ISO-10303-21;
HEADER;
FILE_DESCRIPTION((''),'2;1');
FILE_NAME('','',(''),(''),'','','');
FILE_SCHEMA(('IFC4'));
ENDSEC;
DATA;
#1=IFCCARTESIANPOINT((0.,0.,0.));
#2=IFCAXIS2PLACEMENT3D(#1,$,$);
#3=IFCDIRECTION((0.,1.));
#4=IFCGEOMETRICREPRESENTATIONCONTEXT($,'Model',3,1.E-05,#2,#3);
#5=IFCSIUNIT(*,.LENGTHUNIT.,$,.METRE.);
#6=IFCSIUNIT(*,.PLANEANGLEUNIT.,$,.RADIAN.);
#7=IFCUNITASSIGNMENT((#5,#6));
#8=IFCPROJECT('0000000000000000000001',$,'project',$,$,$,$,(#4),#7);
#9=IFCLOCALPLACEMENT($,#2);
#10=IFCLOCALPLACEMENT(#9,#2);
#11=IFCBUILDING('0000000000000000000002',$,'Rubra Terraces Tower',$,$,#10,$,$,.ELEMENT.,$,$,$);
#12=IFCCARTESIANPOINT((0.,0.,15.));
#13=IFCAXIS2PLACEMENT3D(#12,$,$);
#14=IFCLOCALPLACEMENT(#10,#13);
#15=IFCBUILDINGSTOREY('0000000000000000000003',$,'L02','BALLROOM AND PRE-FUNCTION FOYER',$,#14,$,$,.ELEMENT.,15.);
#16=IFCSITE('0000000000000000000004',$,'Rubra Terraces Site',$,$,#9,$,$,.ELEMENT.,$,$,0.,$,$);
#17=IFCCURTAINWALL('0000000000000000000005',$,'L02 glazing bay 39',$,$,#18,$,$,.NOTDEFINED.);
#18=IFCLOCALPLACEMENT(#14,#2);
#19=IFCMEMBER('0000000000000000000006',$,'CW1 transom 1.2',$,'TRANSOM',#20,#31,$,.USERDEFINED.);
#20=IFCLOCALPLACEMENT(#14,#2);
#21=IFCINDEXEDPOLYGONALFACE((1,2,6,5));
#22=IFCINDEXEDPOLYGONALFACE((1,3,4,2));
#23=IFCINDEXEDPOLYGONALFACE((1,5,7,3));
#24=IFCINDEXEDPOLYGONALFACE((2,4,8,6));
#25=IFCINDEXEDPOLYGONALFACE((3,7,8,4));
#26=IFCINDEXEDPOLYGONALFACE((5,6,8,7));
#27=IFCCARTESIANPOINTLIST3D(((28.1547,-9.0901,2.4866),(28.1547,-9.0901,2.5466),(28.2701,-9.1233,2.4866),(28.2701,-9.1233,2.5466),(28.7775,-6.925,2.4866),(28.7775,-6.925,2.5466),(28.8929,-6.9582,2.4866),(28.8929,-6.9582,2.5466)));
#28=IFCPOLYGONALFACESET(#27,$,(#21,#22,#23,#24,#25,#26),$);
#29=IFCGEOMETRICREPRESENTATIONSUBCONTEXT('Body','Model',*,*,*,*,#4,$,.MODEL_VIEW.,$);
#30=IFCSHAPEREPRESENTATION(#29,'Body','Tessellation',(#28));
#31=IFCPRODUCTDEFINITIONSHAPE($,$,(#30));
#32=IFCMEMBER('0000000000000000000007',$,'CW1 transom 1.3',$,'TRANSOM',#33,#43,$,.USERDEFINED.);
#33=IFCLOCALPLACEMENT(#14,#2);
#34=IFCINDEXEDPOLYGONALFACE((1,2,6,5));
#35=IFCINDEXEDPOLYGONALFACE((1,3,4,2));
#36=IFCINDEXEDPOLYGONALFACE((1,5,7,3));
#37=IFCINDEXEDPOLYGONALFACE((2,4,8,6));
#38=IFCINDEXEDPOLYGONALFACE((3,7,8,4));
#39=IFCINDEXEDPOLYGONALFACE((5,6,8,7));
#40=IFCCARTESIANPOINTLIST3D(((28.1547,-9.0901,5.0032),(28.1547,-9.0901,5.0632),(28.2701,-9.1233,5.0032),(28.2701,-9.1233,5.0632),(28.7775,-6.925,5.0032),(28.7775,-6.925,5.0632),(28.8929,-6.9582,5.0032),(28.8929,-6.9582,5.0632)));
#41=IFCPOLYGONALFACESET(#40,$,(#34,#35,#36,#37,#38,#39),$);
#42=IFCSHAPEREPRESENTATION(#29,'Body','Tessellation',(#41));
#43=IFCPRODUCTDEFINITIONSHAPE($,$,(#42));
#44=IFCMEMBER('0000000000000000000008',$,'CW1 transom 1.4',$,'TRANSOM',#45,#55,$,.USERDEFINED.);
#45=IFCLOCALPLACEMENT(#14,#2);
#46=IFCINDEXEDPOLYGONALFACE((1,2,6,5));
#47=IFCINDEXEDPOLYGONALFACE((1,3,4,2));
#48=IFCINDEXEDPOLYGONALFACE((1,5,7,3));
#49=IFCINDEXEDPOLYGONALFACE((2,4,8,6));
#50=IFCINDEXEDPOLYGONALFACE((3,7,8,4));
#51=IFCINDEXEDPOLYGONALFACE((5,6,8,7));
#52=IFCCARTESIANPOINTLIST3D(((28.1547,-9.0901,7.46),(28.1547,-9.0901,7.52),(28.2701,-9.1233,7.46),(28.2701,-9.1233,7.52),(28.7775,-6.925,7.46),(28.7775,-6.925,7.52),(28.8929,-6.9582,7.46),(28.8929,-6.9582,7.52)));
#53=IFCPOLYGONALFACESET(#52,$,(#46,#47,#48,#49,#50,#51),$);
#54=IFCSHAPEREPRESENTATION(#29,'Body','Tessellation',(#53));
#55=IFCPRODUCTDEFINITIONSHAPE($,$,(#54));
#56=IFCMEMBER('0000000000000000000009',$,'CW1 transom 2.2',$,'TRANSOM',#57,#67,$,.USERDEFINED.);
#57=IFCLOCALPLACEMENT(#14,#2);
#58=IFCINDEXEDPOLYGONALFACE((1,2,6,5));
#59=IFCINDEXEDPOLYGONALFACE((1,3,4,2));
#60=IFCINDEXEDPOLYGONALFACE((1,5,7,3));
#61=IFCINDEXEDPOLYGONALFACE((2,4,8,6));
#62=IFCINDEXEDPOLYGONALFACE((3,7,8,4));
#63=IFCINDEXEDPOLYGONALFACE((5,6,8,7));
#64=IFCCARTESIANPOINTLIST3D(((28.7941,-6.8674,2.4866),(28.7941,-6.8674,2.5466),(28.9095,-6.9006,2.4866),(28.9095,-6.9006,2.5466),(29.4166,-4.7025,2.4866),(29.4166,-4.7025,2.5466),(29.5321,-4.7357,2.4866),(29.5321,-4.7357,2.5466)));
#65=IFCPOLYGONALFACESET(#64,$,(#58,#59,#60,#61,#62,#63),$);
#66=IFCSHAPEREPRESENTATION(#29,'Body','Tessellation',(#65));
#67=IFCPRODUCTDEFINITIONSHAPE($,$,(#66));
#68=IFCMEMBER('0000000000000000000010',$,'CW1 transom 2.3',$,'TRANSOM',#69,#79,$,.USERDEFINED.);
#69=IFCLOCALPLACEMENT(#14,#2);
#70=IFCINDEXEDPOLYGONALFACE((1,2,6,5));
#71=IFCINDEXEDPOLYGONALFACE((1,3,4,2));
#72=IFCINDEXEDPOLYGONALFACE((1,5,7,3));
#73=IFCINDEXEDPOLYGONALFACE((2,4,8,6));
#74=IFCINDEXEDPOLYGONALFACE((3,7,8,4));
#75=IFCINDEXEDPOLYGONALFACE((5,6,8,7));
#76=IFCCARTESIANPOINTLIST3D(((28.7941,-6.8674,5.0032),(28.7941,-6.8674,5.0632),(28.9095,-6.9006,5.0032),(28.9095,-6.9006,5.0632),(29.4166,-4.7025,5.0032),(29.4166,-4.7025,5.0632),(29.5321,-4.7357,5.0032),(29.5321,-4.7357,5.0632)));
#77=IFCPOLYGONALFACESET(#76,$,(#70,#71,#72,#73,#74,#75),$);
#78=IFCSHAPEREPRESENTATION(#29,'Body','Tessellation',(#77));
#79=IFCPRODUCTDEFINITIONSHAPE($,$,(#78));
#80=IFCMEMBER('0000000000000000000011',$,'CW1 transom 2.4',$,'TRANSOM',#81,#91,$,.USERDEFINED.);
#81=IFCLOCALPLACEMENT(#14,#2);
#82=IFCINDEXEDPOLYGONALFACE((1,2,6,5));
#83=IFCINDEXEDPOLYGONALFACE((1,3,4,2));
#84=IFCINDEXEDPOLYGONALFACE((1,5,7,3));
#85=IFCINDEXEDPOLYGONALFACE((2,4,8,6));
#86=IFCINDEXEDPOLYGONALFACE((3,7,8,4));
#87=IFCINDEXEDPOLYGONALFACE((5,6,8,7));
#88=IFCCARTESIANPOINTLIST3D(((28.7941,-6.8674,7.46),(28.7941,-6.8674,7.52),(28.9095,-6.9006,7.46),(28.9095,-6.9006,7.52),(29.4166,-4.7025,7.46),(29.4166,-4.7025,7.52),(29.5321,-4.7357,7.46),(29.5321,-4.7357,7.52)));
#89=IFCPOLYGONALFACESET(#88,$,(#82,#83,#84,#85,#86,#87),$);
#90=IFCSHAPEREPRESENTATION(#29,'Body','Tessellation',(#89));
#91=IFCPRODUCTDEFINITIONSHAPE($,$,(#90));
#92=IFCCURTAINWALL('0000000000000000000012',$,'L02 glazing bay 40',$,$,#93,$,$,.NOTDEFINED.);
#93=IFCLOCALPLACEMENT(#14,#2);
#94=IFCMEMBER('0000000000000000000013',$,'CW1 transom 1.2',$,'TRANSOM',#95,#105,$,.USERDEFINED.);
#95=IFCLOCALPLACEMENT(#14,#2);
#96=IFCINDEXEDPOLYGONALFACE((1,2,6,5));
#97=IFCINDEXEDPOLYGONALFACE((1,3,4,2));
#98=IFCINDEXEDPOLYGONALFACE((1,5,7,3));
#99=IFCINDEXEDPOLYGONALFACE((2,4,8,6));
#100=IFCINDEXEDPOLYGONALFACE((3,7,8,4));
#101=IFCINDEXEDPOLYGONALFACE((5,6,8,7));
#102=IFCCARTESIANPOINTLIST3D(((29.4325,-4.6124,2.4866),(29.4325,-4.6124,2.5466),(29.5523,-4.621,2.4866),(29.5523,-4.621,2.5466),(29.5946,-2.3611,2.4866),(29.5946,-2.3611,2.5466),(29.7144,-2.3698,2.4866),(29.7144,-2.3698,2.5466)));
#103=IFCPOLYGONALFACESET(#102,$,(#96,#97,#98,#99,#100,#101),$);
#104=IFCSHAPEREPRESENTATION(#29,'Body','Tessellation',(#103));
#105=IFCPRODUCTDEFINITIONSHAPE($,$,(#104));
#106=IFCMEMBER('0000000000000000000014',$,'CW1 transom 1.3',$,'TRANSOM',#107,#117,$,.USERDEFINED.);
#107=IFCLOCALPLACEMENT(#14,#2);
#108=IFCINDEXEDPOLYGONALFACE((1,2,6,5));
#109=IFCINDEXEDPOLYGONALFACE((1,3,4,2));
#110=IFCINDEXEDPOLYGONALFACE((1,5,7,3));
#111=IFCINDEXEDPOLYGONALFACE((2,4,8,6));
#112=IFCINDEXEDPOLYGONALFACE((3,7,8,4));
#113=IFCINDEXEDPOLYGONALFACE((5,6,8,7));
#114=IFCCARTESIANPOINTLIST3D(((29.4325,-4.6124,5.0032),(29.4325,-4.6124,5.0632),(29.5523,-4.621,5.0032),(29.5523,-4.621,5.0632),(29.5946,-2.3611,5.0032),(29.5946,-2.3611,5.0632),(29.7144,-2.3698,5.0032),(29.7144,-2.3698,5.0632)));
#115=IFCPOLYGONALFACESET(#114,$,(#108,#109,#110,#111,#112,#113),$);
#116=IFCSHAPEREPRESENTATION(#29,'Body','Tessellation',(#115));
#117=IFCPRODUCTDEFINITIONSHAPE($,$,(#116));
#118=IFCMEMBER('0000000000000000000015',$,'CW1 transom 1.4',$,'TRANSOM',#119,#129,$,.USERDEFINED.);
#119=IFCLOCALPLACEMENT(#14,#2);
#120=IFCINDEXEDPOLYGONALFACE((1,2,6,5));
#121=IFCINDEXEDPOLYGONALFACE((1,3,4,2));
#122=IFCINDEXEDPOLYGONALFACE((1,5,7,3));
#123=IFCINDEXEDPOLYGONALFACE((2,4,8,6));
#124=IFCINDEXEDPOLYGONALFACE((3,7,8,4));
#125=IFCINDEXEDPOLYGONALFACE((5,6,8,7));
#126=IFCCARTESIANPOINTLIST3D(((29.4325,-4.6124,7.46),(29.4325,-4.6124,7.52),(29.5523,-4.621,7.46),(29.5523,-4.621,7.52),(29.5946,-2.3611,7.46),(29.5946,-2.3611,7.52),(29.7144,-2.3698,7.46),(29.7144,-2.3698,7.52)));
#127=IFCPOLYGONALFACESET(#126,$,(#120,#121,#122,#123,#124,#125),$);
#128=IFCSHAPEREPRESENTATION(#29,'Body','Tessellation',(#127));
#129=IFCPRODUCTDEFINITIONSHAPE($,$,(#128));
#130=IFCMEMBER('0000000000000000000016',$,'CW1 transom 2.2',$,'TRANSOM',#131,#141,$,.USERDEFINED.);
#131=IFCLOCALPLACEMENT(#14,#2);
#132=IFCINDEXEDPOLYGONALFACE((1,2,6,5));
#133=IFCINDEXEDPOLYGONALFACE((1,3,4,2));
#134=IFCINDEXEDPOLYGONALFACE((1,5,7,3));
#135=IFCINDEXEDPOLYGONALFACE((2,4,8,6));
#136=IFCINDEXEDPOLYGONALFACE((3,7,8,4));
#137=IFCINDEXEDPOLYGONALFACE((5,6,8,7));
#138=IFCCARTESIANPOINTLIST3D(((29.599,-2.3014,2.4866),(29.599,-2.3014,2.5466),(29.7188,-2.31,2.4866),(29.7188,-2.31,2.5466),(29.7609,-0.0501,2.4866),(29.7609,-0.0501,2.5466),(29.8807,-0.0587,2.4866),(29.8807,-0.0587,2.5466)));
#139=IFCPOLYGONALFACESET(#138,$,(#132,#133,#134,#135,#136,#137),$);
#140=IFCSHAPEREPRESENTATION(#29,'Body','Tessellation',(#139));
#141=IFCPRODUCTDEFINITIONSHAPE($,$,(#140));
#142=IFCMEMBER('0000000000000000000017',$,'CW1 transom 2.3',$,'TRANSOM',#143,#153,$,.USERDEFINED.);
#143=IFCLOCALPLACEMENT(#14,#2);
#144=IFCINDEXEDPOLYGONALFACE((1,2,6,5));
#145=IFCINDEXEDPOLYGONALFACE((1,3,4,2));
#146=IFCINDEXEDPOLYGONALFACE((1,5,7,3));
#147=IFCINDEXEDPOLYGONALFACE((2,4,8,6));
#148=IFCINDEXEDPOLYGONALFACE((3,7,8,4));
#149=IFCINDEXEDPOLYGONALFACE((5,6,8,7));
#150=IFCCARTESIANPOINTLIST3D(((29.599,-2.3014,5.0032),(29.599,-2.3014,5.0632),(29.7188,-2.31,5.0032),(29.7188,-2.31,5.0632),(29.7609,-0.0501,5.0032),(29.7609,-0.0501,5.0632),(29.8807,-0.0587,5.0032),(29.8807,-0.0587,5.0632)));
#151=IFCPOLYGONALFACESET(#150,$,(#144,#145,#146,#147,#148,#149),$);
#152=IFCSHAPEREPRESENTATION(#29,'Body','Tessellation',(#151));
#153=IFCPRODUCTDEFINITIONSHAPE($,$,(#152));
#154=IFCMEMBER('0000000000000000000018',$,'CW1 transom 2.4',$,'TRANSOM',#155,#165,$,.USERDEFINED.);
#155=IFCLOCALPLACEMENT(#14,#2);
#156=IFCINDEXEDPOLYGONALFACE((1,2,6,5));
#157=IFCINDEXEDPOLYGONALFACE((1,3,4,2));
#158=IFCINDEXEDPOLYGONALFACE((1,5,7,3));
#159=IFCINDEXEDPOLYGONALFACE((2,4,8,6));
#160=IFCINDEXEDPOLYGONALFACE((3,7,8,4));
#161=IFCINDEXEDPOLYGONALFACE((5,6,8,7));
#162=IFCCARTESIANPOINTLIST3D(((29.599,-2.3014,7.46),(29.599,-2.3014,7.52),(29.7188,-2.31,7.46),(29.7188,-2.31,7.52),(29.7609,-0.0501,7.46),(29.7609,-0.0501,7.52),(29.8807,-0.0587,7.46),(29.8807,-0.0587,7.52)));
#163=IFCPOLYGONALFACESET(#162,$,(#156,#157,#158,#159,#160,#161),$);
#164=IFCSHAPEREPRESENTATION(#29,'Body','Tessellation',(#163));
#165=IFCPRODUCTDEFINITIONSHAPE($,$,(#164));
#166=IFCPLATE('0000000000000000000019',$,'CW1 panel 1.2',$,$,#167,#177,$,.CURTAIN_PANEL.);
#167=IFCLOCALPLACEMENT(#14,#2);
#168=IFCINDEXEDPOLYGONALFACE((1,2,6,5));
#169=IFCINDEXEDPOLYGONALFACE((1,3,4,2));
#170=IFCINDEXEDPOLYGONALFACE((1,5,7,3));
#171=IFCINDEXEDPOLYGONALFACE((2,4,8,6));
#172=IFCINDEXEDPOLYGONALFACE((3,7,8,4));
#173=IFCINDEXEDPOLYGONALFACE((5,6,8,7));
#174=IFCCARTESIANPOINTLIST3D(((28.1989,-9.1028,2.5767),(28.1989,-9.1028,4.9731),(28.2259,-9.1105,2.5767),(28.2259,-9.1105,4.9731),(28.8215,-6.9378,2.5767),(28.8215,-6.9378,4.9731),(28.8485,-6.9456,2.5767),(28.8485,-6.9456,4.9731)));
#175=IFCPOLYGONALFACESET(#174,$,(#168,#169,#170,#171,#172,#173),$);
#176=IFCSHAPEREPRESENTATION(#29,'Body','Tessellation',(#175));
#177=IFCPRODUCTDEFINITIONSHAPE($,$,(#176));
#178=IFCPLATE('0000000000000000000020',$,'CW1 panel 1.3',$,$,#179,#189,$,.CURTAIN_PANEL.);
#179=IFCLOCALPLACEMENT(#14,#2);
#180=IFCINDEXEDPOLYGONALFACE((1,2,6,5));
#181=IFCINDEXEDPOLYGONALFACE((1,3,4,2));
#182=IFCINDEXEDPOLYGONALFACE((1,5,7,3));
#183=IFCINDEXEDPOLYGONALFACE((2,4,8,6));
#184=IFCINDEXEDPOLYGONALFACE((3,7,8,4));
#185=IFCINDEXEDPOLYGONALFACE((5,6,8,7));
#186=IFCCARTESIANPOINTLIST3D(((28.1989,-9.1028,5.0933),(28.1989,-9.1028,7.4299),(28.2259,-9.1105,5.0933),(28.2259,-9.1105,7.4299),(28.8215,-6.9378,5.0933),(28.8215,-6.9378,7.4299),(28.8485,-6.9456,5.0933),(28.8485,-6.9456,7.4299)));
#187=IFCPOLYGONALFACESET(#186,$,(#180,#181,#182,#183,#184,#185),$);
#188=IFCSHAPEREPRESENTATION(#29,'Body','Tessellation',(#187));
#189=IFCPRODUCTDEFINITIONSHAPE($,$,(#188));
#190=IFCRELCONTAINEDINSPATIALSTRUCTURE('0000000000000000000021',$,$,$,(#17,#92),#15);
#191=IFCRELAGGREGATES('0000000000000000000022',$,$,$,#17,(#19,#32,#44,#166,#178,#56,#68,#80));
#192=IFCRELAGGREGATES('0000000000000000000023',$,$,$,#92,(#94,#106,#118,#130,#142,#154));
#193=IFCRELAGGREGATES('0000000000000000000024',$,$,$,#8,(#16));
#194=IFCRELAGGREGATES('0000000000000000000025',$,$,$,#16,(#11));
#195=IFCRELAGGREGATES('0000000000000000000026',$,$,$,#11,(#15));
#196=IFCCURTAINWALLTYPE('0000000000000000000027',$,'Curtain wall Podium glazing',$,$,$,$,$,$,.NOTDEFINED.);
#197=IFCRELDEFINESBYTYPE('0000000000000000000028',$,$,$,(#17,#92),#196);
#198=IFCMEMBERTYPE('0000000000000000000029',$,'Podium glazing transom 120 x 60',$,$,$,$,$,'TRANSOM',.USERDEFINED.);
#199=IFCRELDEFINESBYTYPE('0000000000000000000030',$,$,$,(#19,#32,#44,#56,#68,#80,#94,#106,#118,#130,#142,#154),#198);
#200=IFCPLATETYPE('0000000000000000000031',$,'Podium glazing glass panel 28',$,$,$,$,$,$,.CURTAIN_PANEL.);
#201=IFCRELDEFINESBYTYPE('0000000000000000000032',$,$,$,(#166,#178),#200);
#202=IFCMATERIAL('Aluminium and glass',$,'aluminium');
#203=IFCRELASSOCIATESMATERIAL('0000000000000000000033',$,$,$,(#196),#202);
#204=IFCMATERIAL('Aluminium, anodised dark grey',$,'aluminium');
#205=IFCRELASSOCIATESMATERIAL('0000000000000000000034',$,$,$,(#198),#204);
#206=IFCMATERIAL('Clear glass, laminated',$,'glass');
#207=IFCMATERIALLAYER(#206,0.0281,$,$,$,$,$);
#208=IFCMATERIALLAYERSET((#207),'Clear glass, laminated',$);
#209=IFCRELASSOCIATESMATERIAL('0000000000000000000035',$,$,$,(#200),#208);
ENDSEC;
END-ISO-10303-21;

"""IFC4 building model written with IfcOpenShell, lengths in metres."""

from ifc_helpers import new_model, si_unit, direction, frame, origin, origin_2d, place, context, subcontext, project, spatial, rectangle, extrude, material, layer, layer_set, material_profile, profile_set, type_object, element, aggregate, save


model = new_model("IFC4")

# Units and contexts
model_context = context("Model", 3, precision=1e-05, world=origin(), true_north=direction((0.0, 1.0)))
body_context = subcontext(model_context, "Body", "Model", "MODEL_VIEW")
ifc_project = project(units=[si_unit("LENGTHUNIT", "METRE"), si_unit("PLANEANGLEUNIT", "RADIAN")], contexts=[model_context])

# Site, building, storey
site_placement = place(None, origin())
site = spatial("IfcSite", under=ifc_project, at=site_placement, Name="Rubra Terraces Site", CompositionType="ELEMENT", RefElevation=0.0)
building_placement = place(site_placement, origin())
building = spatial("IfcBuilding", under=site, at=building_placement, Name="Rubra Terraces Tower", CompositionType="ELEMENT")
storey_placement = place(building_placement, frame((0.0, 0.0, 15.0)))
storey = spatial("IfcBuildingStorey", under=building, at=storey_placement, Name="L02", Description="BALLROOM AND PRE-FUNCTION FOYER", CompositionType="ELEMENT", Elevation=15.0)

# Curtain walls, members
ifc_material_1 = material(Name="Aluminium and glass", Category="aluminium")
curtain_wall_type = type_object("IfcCurtainWallType", Name="Curtain wall Podium glazing", PredefinedType="NOTDEFINED", material=ifc_material_1)
curtain_wall_1_placement = place(storey_placement, origin())
curtain_wall_1 = element("IfcCurtainWall", 1, at=curtain_wall_1_placement, inside=storey, type_object=curtain_wall_type, Name="L02 glazing bay 39", PredefinedType="NOTDEFINED")
ifc_material_2 = material(Name="Aluminium, anodised dark grey", Category="aluminium")
ifc_material_profile = material_profile(ifc_material_2, rectangle(XDim=0.1201, YDim=0.0601, at=origin_2d()), Name="AL 120x60")
ifc_profile_set = profile_set([ifc_material_profile], Name="Aluminium, anodised dark grey")
member_type = type_object("IfcMemberType", Name="Podium glazing transom 120 x 60", ElementType="TRANSOM", PredefinedType="USERDEFINED", material=ifc_profile_set)
member_1_placement = place(storey_placement, frame((28.2124, -9.1067, 2.5166), z_axis=(0.276453, 0.961028, 0.0), x_axis=(-0.961028, 0.276453, 0.0)))
member_1 = element("IfcMember", 2, at=member_1_placement, type_object=member_type, Name="CW1 transom 1.2", ObjectType="TRANSOM", PredefinedType="USERDEFINED", context=body_context, shape_type="SweptSolid", body=[
    extrude(rectangle(XDim=0.1201, YDim=0.0601, at=origin_2d()), origin(), (0.0, 0.0, 1.0), 2.2529),
])
member_2_placement = place(storey_placement, frame((28.2124, -9.1067, 5.0332), z_axis=(0.276453, 0.961028, 0.0), x_axis=(-0.961028, 0.276453, 0.0)))
member_2 = element("IfcMember", 3, at=member_2_placement, type_object=member_type, Name="CW1 transom 1.3", ObjectType="TRANSOM", PredefinedType="USERDEFINED", context=body_context, shape_type="SweptSolid", body=[
    extrude(rectangle(XDim=0.1201, YDim=0.0601, at=origin_2d()), origin(), (0.0, 0.0, 1.0), 2.2529),
])
member_3_placement = place(storey_placement, frame((28.2124, -9.1067, 7.49), z_axis=(0.276453, 0.961028, 0.0), x_axis=(-0.961028, 0.276453, 0.0)))
member_3 = element("IfcMember", 4, at=member_3_placement, type_object=member_type, Name="CW1 transom 1.4", ObjectType="TRANSOM", PredefinedType="USERDEFINED", context=body_context, shape_type="SweptSolid", body=[
    extrude(rectangle(XDim=0.1201, YDim=0.0601, at=origin_2d()), origin(), (0.0, 0.0, 1.0), 2.2529),
])
member_4_placement = place(storey_placement, frame((28.8518, -6.884, 2.5166), z_axis=(0.276352, 0.961056, 0.0), x_axis=(-0.961056, 0.276352, 0.0)))
member_4 = element("IfcMember", 5, at=member_4_placement, type_object=member_type, Name="CW1 transom 2.2", ObjectType="TRANSOM", PredefinedType="USERDEFINED", context=body_context, shape_type="SweptSolid", body=[
    extrude(rectangle(XDim=0.1201, YDim=0.0601, at=origin_2d()), origin(), (0.0, 0.0, 1.0), 2.2527),
])
member_5_placement = place(storey_placement, frame((28.8518, -6.884, 5.0332), z_axis=(0.276352, 0.961056, 0.0), x_axis=(-0.961056, 0.276352, 0.0)))
member_5 = element("IfcMember", 6, at=member_5_placement, type_object=member_type, Name="CW1 transom 2.3", ObjectType="TRANSOM", PredefinedType="USERDEFINED", context=body_context, shape_type="SweptSolid", body=[
    extrude(rectangle(XDim=0.1201, YDim=0.0601, at=origin_2d()), origin(), (0.0, 0.0, 1.0), 2.2527),
])
member_6_placement = place(storey_placement, frame((28.8518, -6.884, 7.49), z_axis=(0.276352, 0.961056, 0.0), x_axis=(-0.961056, 0.276352, 0.0)))
member_6 = element("IfcMember", 7, at=member_6_placement, type_object=member_type, Name="CW1 transom 2.4", ObjectType="TRANSOM", PredefinedType="USERDEFINED", context=body_context, shape_type="SweptSolid", body=[
    extrude(rectangle(XDim=0.1201, YDim=0.0601, at=origin_2d()), origin(), (0.0, 0.0, 1.0), 2.2527),
])
curtain_wall_2_placement = place(storey_placement, origin())
curtain_wall_2 = element("IfcCurtainWall", 8, at=curtain_wall_2_placement, inside=storey, type_object=curtain_wall_type, Name="L02 glazing bay 40", PredefinedType="NOTDEFINED")
member_7_placement = place(storey_placement, frame((29.4924, -4.6167, 2.5166), z_axis=(0.071824, 0.997417, 0.0), x_axis=(-0.997417, 0.071824, 0.0)))
member_7 = element("IfcMember", 9, at=member_7_placement, type_object=member_type, Name="CW1 transom 1.2", ObjectType="TRANSOM", PredefinedType="USERDEFINED", context=body_context, shape_type="SweptSolid", body=[
    extrude(rectangle(XDim=0.1201, YDim=0.0601, at=origin_2d()), origin(), (0.0, 0.0, 1.0), 2.2571),
])
member_8_placement = place(storey_placement, frame((29.4924, -4.6167, 5.0332), z_axis=(0.071824, 0.997417, 0.0), x_axis=(-0.997417, 0.071824, 0.0)))
member_8 = element("IfcMember", 10, at=member_8_placement, type_object=member_type, Name="CW1 transom 1.3", ObjectType="TRANSOM", PredefinedType="USERDEFINED", context=body_context, shape_type="SweptSolid", body=[
    extrude(rectangle(XDim=0.1201, YDim=0.0601, at=origin_2d()), origin(), (0.0, 0.0, 1.0), 2.2571),
])
member_9_placement = place(storey_placement, frame((29.4924, -4.6167, 7.49), z_axis=(0.071824, 0.997417, 0.0), x_axis=(-0.997417, 0.071824, 0.0)))
member_9 = element("IfcMember", 11, at=member_9_placement, type_object=member_type, Name="CW1 transom 1.4", ObjectType="TRANSOM", PredefinedType="USERDEFINED", context=body_context, shape_type="SweptSolid", body=[
    extrude(rectangle(XDim=0.1201, YDim=0.0601, at=origin_2d()), origin(), (0.0, 0.0, 1.0), 2.2571),
])
member_10_placement = place(storey_placement, frame((29.6589, -2.3057, 2.5166), z_axis=(0.071716, 0.997425, 0.0), x_axis=(-0.997425, 0.071716, 0.0)))
member_10 = element("IfcMember", 12, at=member_10_placement, type_object=member_type, Name="CW1 transom 2.2", ObjectType="TRANSOM", PredefinedType="USERDEFINED", context=body_context, shape_type="SweptSolid", body=[
    extrude(rectangle(XDim=0.1201, YDim=0.0601, at=origin_2d()), origin(), (0.0, 0.0, 1.0), 2.2571),
])
member_11_placement = place(storey_placement, frame((29.6589, -2.3057, 5.0332), z_axis=(0.071716, 0.997425, 0.0), x_axis=(-0.997425, 0.071716, 0.0)))
member_11 = element("IfcMember", 13, at=member_11_placement, type_object=member_type, Name="CW1 transom 2.3", ObjectType="TRANSOM", PredefinedType="USERDEFINED", context=body_context, shape_type="SweptSolid", body=[
    extrude(rectangle(XDim=0.1201, YDim=0.0601, at=origin_2d()), origin(), (0.0, 0.0, 1.0), 2.2571),
])
member_12_placement = place(storey_placement, frame((29.6589, -2.3057, 7.49), z_axis=(0.071716, 0.997425, 0.0), x_axis=(-0.997425, 0.071716, 0.0)))
member_12 = element("IfcMember", 14, at=member_12_placement, type_object=member_type, Name="CW1 transom 2.4", ObjectType="TRANSOM", PredefinedType="USERDEFINED", context=body_context, shape_type="SweptSolid", body=[
    extrude(rectangle(XDim=0.1201, YDim=0.0601, at=origin_2d()), origin(), (0.0, 0.0, 1.0), 2.2571),
])

# Plates
ifc_material_3 = material(Name="Clear glass, laminated", Category="glass")
ifc_layer = layer(ifc_material_3, 0.0281)
ifc_layer_set = layer_set([ifc_layer], Name="Clear glass, laminated")
plate_type = type_object("IfcPlateType", Name="Podium glazing glass panel 28", PredefinedType="CURTAIN_PANEL", material=ifc_layer_set)
plate_1_placement = place(storey_placement, frame((28.5237, -8.0242, 2.5767), z_axis=(0.0, 0.0, 1.0), x_axis=(0.276384, 0.961047, 0.0)))
plate_1 = element("IfcPlate", 15, at=plate_1_placement, type_object=plate_type, Name="CW1 panel 1.2", PredefinedType="CURTAIN_PANEL", context=body_context, shape_type="SweptSolid", body=[
    extrude(rectangle(XDim=2.2527, YDim=0.0281, at=origin_2d()), origin(), (0.0, 0.0, 1.0), 2.3965),
])
plate_2_placement = place(storey_placement, frame((28.5237, -8.0242, 5.0933), z_axis=(0.0, 0.0, 1.0), x_axis=(0.276384, 0.961047, 0.0)))
plate_2 = element("IfcPlate", 16, at=plate_2_placement, type_object=plate_type, Name="CW1 panel 1.3", PredefinedType="CURTAIN_PANEL", context=body_context, shape_type="SweptSolid", body=[
    extrude(rectangle(XDim=2.2527, YDim=0.0281, at=origin_2d()), origin(), (0.0, 0.0, 1.0), 2.3367),
])
aggregate(curtain_wall_1, [member_1, member_2, member_3, plate_1, plate_2, member_4, member_5, member_6])
aggregate(curtain_wall_2, [member_7, member_8, member_9, member_10, member_11, member_12])

save(model, "model.ifc")
